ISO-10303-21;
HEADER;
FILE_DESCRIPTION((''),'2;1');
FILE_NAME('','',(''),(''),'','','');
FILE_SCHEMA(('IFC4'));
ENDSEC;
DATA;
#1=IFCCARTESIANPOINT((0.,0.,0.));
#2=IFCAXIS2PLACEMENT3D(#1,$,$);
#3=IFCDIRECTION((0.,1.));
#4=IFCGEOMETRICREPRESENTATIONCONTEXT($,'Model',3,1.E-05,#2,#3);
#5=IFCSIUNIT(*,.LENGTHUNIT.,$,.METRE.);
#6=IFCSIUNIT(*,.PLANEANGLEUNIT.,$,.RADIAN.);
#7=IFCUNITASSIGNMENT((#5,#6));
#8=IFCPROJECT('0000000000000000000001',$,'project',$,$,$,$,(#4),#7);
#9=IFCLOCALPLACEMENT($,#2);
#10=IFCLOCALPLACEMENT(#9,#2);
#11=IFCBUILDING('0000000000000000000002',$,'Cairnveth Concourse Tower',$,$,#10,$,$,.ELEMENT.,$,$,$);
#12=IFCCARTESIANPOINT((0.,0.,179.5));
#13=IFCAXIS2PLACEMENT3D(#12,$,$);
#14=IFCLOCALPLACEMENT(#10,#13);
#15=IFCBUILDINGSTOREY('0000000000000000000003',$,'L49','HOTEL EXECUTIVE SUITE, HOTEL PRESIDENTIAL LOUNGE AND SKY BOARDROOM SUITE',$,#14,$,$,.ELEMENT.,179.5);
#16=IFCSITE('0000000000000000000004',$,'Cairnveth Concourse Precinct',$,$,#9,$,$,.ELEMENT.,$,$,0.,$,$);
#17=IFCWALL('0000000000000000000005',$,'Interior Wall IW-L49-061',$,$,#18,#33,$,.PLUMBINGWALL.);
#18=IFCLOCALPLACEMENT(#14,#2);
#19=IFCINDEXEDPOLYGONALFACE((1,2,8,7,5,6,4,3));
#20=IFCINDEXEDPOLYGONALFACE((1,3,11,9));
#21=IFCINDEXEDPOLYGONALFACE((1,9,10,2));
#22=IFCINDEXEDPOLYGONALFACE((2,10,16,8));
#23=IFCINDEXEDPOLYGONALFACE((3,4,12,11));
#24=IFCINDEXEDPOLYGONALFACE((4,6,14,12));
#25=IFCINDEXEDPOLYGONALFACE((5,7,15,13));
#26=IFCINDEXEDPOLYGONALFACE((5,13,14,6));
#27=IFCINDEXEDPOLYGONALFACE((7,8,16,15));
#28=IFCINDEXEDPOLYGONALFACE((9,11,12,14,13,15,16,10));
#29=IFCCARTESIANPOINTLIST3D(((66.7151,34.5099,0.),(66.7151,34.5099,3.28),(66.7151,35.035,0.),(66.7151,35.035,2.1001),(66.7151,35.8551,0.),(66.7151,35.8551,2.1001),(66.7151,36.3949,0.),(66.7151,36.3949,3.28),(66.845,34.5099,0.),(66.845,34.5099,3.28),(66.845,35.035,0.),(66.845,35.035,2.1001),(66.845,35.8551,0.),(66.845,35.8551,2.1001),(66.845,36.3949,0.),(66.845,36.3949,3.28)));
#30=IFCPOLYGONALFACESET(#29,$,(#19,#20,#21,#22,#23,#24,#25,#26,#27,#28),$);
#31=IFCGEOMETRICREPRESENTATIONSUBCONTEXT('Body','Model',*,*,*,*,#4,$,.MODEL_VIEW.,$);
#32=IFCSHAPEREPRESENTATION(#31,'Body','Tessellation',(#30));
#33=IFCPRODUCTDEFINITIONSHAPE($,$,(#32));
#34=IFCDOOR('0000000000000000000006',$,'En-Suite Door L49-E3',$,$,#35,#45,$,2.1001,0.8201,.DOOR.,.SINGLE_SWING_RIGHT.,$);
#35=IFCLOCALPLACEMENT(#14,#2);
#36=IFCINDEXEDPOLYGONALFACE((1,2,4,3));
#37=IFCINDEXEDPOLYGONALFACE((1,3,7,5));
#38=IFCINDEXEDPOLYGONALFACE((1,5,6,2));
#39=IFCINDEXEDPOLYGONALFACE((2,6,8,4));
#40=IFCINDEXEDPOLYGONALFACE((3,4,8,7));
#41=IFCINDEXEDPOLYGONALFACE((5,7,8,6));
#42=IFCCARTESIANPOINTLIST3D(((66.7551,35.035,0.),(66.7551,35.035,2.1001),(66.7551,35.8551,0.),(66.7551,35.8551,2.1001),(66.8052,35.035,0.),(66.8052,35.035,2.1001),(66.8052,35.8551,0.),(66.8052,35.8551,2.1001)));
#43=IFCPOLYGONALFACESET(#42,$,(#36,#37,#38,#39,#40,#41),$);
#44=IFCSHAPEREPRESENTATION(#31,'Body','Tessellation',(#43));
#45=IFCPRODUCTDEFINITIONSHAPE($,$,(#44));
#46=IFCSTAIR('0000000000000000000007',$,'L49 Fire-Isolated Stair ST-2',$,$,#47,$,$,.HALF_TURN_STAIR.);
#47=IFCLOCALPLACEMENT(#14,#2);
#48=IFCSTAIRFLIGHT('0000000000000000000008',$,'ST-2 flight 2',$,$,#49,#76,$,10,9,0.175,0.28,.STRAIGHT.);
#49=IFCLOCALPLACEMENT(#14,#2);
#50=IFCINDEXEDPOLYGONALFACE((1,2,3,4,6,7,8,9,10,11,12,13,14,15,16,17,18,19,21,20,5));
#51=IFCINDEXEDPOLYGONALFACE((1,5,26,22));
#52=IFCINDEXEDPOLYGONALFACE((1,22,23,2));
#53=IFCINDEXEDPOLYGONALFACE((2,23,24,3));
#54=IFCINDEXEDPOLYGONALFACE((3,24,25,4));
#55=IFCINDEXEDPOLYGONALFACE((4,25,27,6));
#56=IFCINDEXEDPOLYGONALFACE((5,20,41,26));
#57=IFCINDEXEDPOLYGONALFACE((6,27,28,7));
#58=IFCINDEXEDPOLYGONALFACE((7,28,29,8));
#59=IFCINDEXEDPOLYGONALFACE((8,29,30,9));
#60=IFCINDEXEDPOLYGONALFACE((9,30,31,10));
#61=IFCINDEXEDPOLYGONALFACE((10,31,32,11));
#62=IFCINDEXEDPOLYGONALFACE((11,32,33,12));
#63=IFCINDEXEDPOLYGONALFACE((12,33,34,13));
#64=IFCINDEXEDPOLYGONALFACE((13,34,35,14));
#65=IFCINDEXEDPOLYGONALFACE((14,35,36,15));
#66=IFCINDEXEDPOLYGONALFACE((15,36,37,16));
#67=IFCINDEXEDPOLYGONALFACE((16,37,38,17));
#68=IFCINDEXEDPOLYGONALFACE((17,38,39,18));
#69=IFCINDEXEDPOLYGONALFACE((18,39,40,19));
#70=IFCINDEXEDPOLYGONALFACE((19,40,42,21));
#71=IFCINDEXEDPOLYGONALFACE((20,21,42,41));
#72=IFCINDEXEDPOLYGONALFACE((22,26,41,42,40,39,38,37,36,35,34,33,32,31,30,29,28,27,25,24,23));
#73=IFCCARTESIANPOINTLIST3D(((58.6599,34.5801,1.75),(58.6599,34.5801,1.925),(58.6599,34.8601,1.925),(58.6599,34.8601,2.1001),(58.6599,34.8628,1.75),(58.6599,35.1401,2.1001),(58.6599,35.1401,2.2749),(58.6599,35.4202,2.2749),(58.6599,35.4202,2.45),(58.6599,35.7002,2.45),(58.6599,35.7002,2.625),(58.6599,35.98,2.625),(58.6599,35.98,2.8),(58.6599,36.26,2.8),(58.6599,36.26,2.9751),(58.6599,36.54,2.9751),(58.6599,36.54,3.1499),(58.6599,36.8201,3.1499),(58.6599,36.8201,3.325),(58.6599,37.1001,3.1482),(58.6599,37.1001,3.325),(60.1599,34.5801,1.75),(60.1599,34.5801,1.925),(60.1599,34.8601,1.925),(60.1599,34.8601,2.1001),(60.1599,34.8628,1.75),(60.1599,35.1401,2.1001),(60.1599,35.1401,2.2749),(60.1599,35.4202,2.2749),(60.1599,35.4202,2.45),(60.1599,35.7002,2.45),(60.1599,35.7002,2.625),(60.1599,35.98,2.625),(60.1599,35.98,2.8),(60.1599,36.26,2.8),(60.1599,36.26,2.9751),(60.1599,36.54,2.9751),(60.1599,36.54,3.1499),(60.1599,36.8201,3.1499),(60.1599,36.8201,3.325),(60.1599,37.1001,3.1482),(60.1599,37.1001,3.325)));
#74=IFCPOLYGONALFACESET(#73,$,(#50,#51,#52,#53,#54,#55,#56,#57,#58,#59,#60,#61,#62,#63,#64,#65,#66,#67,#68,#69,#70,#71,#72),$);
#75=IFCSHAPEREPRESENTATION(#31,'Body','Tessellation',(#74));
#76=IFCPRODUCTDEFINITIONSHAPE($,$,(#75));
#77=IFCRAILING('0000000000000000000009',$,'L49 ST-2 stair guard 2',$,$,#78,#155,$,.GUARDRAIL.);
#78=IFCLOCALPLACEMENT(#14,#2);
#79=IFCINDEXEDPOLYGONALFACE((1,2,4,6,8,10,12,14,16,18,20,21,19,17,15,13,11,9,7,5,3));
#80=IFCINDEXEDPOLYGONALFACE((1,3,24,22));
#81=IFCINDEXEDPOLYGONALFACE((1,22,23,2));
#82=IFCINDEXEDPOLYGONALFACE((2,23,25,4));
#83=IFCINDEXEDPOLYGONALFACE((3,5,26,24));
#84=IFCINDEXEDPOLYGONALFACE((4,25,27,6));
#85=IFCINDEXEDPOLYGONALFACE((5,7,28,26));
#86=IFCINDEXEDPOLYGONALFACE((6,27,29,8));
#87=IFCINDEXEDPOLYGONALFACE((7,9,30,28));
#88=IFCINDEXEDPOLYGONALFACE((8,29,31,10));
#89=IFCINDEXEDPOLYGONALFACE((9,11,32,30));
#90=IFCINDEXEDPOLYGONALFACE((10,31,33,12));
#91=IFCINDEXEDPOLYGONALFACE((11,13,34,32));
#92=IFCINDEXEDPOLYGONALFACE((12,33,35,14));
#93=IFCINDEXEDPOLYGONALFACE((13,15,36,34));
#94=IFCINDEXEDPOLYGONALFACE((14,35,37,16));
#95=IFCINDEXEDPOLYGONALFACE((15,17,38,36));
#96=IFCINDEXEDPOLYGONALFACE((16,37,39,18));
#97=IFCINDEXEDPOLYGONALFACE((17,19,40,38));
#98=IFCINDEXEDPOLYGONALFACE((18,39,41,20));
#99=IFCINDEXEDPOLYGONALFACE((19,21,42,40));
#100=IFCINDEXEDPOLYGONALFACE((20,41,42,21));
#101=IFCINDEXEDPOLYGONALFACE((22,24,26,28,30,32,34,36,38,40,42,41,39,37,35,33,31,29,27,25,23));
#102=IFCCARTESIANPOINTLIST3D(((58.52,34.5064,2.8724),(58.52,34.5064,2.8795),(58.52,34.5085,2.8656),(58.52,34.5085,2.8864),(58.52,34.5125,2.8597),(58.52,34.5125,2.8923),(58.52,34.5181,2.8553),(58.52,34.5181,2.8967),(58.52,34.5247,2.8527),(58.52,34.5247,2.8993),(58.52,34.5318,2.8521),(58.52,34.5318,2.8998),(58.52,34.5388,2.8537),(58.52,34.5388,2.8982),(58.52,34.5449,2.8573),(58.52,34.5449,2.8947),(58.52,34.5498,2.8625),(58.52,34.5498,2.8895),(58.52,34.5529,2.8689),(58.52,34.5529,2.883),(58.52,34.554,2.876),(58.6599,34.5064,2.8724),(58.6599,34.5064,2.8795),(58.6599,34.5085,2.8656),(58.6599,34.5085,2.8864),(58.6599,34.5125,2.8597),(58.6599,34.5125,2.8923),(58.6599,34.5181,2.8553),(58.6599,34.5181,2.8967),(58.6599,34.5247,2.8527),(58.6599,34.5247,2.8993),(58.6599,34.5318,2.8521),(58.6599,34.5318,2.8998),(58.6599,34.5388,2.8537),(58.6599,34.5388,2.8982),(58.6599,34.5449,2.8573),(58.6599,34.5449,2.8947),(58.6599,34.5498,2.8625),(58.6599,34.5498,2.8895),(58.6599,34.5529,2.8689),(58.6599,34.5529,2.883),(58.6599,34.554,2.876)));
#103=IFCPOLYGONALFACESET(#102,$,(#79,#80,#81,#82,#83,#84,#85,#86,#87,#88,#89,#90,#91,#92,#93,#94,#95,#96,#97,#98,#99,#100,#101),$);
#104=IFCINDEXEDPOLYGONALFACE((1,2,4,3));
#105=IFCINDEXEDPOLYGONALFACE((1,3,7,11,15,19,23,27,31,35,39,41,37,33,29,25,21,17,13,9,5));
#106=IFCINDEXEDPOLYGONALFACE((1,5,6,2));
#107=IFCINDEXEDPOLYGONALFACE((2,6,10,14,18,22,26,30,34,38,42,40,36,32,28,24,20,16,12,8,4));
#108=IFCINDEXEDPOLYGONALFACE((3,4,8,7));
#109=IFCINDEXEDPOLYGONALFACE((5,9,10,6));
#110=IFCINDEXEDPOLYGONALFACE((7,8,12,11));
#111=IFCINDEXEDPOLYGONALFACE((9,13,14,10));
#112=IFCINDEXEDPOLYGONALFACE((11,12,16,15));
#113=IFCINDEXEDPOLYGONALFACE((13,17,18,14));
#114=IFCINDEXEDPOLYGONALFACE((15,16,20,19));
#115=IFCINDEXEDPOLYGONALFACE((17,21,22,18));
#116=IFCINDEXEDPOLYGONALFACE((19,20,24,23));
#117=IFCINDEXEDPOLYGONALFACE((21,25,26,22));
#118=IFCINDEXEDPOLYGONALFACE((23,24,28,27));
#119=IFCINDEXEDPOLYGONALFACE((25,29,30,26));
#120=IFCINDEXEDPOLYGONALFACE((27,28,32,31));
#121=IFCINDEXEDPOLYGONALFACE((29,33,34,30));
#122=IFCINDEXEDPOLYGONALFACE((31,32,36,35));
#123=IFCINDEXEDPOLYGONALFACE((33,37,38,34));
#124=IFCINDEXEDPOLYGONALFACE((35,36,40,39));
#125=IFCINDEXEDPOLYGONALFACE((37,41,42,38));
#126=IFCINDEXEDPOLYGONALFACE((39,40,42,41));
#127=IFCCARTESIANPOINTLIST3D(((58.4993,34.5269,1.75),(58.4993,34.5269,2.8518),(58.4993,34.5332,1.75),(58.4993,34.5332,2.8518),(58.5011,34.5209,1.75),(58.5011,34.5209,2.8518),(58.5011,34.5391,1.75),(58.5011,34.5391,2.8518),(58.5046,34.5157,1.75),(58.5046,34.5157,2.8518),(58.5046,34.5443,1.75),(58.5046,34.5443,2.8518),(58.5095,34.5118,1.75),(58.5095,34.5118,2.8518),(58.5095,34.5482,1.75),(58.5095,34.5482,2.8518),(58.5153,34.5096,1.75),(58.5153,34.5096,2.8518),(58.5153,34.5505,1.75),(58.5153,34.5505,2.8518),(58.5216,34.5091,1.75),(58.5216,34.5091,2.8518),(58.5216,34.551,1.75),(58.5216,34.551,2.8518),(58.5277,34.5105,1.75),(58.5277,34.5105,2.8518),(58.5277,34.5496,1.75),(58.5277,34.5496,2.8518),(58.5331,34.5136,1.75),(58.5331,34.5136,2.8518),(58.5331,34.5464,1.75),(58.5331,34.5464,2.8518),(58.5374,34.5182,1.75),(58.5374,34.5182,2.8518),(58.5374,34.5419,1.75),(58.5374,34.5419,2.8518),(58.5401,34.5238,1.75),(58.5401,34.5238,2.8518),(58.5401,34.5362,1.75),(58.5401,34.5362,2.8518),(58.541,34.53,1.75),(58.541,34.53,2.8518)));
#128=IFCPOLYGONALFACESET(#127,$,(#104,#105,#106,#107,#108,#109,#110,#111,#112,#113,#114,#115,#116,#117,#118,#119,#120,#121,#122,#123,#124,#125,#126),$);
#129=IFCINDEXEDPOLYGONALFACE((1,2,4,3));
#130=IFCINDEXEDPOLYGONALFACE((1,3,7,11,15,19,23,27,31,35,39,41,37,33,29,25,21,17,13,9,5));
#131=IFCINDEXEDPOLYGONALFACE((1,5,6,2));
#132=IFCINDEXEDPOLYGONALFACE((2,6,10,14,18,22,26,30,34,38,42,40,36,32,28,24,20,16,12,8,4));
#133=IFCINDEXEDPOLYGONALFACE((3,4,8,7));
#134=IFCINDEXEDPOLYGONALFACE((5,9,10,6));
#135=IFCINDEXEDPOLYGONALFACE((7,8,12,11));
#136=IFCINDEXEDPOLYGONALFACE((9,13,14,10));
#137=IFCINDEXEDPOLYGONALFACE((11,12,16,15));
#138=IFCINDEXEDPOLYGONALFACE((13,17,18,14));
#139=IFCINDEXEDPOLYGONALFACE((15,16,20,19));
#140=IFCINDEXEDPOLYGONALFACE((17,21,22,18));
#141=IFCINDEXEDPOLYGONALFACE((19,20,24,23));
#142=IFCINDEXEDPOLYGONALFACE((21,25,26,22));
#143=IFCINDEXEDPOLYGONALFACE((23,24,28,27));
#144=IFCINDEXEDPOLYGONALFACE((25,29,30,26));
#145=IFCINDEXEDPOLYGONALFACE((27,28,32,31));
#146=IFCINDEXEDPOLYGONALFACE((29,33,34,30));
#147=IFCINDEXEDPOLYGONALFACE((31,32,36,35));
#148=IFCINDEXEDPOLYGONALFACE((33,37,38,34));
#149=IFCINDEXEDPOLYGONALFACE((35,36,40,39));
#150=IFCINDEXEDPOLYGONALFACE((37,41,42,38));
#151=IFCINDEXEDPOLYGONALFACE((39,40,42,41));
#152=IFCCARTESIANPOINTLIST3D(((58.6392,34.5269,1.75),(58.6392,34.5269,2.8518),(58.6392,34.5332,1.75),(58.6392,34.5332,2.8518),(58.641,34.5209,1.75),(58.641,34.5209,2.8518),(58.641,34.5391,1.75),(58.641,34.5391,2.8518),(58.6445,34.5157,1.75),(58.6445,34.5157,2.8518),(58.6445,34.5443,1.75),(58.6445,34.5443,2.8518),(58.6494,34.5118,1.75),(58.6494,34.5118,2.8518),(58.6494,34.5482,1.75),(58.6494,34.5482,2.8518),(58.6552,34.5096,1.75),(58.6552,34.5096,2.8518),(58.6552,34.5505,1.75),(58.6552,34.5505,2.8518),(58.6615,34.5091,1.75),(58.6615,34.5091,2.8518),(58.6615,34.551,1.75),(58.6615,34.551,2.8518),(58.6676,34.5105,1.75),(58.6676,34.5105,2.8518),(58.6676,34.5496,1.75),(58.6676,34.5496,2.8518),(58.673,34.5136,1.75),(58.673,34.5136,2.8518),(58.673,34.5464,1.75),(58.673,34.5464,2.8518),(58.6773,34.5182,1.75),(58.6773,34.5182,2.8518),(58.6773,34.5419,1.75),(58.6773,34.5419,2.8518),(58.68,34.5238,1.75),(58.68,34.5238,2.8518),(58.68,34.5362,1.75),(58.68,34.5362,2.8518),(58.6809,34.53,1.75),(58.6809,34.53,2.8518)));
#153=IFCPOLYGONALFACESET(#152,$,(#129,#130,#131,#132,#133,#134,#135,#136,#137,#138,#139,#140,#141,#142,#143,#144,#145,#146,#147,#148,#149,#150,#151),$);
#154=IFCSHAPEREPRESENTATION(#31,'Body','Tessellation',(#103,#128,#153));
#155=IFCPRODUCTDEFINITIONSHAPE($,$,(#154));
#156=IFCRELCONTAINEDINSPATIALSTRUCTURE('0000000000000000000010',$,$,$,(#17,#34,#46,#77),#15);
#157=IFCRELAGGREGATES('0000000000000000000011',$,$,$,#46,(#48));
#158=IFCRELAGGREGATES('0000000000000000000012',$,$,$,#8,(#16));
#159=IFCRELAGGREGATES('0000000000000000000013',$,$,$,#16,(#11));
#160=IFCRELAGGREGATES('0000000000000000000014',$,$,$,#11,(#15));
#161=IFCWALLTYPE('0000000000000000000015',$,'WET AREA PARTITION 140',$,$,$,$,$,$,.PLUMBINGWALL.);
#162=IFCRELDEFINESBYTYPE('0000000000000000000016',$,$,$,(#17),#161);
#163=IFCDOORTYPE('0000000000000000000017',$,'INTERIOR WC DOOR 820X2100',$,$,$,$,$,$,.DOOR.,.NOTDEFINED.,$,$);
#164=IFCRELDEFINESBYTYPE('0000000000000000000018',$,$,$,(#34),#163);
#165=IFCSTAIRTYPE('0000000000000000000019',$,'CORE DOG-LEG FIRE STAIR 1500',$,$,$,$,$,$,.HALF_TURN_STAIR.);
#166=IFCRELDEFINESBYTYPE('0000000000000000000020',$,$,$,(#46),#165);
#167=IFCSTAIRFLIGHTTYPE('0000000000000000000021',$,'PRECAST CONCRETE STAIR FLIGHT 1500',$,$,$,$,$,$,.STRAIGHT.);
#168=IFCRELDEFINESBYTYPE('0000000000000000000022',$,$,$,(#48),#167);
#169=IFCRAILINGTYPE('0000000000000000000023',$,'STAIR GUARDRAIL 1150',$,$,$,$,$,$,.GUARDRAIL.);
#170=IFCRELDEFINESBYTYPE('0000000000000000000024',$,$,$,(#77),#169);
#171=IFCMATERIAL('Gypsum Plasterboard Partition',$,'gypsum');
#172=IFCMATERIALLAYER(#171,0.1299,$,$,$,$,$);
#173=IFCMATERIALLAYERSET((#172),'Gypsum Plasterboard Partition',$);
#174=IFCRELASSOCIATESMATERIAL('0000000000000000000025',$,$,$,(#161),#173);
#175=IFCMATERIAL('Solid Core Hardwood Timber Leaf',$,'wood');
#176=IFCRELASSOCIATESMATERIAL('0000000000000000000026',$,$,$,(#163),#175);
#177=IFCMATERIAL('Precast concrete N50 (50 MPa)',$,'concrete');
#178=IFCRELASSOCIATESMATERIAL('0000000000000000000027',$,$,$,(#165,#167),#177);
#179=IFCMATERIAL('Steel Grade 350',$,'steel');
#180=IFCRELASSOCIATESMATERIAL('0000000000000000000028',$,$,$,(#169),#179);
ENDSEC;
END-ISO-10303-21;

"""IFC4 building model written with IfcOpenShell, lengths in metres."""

from ifc_helpers import new_model, si_unit, direction, frame, frame_2d, origin, origin_2d, place, context, subcontext, project, spatial, polyline, rectangle, circle, outline, extrude, material, layer, layer_set, type_object, element, fill, aggregate, save


model = new_model("IFC4")

# Units and contexts
model_context = context("Model", 3, precision=1e-05, world=origin(), true_north=direction((0.0, 1.0)))
body_context = subcontext(model_context, "Body", "Model", "MODEL_VIEW")
ifc_project = project(units=[si_unit("LENGTHUNIT", "METRE"), si_unit("PLANEANGLEUNIT", "RADIAN")], contexts=[model_context])

# Site, building, storey
site_placement = place(None, origin())
site = spatial("IfcSite", under=ifc_project, at=site_placement, Name="Cairnveth Concourse Precinct", CompositionType="ELEMENT", RefElevation=0.0)
building_placement = place(site_placement, origin())
building = spatial("IfcBuilding", under=site, at=building_placement, Name="Cairnveth Concourse Tower", CompositionType="ELEMENT")
storey_placement = place(building_placement, frame((0.0, 0.0, 179.5)))
storey = spatial("IfcBuildingStorey", under=building, at=storey_placement, Name="L49", Description="HOTEL EXECUTIVE SUITE, HOTEL PRESIDENTIAL LOUNGE AND SKY BOARDROOM SUITE", CompositionType="ELEMENT", Elevation=179.5)

# Shared definitions
ifc_material_1 = material(Name="Steel Grade 350", Category="steel")

# Shared definitions
ifc_material_2 = material(Name="Gypsum Plasterboard Partition", Category="gypsum")
ifc_layer_1 = layer(ifc_material_2, 0.1299)
ifc_layer_set_1 = layer_set([ifc_layer_1], Name="Gypsum Plasterboard Partition")
wall_type_1 = type_object("IfcWallType", Name="WET AREA PARTITION 140", PredefinedType="PLUMBINGWALL", material=ifc_layer_set_1)

# Wall, opening, door
ifc_material_3 = material(Name="Solid Core Hardwood Timber Leaf", Category="wood")
door_type = type_object("IfcDoorType", Name="INTERIOR WC DOOR 820X2100", OperationType="NOTDEFINED", PredefinedType="DOOR", material=ifc_material_3)
wall_1_placement = place(storey_placement, frame((66.78, 34.51, 0.0), z_axis=(0.0, 0.0, 1.0), x_axis=(0.0, 1.0, 0.0)))
wall_1 = element("IfcWall", 1, at=wall_1_placement, inside=storey, type_object=wall_type_1, Name="Interior Wall IW-L49-061", PredefinedType="PLUMBINGWALL", context=body_context, shape_type="SweptSolid", body=[
    extrude(rectangle(XDim=1.885, YDim=0.1299, at=frame_2d((0.9424, 0.0))), origin(), (0.0, 0.0, 1.0), 3.28),
])
opening_1_placement = place(wall_1_placement, frame((0.5249, 0.0, 0.0)))
opening_1 = element("IfcOpeningElement", 2, at=opening_1_placement, cuts=wall_1, PredefinedType="OPENING", context=body_context, shape_type="SweptSolid", body=[
    extrude(rectangle(XDim=0.8201, YDim=2.1001, at=frame_2d((0.4102, 1.05))), frame((0.0, 0.075, 0.0), z_axis=(0.0, -1.0, 0.0), x_axis=(1.0, 0.0, 0.0)), (0.0, 0.0, 1.0), 0.1499),
])
door_1_placement = place(opening_1_placement, origin())
door_1 = element("IfcDoor", 3, at=door_1_placement, inside=storey, type_object=door_type, Name="En-Suite Door L49-E3", OperationType="SINGLE_SWING_RIGHT", OverallHeight=2.1001, OverallWidth=0.8201, PredefinedType="DOOR", context=body_context, shape_type="SweptSolid", body=[
    extrude(rectangle(XDim=0.8201, YDim=2.1001, at=frame_2d((0.4102, 1.05))), frame((0.0, 0.0249, 0.0), z_axis=(0.0, -1.0, 0.0), x_axis=(1.0, 0.0, 0.0)), (0.0, 0.0, 1.0), 0.05),
])
fill(opening_1, door_1)

# Stair, stair flight
ifc_material_4 = material(Name="Precast concrete N50 (50 MPa)", Category="concrete")
stair_type = type_object("IfcStairType", Name="CORE DOG-LEG FIRE STAIR 1500", PredefinedType="HALF_TURN_STAIR", material=ifc_material_4)
stair_placement = place(storey_placement, origin())
stair = element("IfcStair", 4, at=stair_placement, inside=storey, type_object=stair_type, Name="L49 Fire-Isolated Stair ST-2", PredefinedType="HALF_TURN_STAIR")
stair_flight_type = type_object("IfcStairFlightType", Name="PRECAST CONCRETE STAIR FLIGHT 1500", PredefinedType="STRAIGHT", material=ifc_material_4)
stair_flight_placement = place(storey_placement, frame((59.4099, 34.5801, 1.75), z_axis=(0.0, 0.0, 1.0), x_axis=(0.0, 1.0, 0.0)))
stair_flight = element("IfcStairFlight", 5, at=stair_flight_placement, type_object=stair_flight_type, Name="ST-2 flight 2", NumberOfRisers=10, NumberOfTreads=9, PredefinedType="STRAIGHT", RiserHeight=0.175, TreadLength=0.28, context=body_context, shape_type="SweptSolid", body=[
    extrude(outline(polyline([(0.0, 0.0), (0.0, 0.175), (0.28, 0.175), (0.28, 0.3501), (0.5601, 0.3501), (0.5601, 0.5249), (0.8401, 0.5249), (0.8401, 0.7), (1.1201, 0.7), (1.1201, 0.875), (1.3999, 0.875), (1.3999, 1.05), (1.6799, 1.05), (1.6799, 1.2251), (1.96, 1.2251), (1.96, 1.3999), (2.24, 1.3999), (2.24, 1.575), (2.52, 1.575), (2.52, 1.75), (2.52, 1.3982), (0.2827, 0.0), (0.0, 0.0)])), frame((0.0, 0.75, 0.0), z_axis=(0.0, -1.0, 0.0), x_axis=(1.0, 0.0, 0.0)), (0.0, 0.0, 1.0), 1.5),
])
aggregate(stair, [stair_flight])

# Railing
railing_type = type_object("IfcRailingType", Name="STAIR GUARDRAIL 1150", PredefinedType="GUARDRAIL", material=ifc_material_1)
railing_1_placement = place(storey_placement, frame((58.52, 34.53, 1.75)))
element("IfcRailing", 6, at=railing_1_placement, inside=storey, type_object=railing_type, Name="L49 ST-2 stair guard 2", PredefinedType="GUARDRAIL", context=body_context, shape_type="SweptSolid", body=[
    extrude(circle(Radius=0.0239, at=origin_2d()), frame((0.0, 0.0, 1.126), z_axis=(1.0, 0.0, 0.0), x_axis=(0.0, 1.0, 0.0)), (0.0, 0.0, 1.0), 0.1399),
    extrude(circle(Radius=0.021, at=origin_2d()), origin(), (0.0, 0.0, 1.0), 1.1018),
    extrude(circle(Radius=0.021, at=origin_2d()), frame((0.1399, 0.0, 0.0)), (0.0, 0.0, 1.0), 1.1018),
])

save(model, "model.ifc")
